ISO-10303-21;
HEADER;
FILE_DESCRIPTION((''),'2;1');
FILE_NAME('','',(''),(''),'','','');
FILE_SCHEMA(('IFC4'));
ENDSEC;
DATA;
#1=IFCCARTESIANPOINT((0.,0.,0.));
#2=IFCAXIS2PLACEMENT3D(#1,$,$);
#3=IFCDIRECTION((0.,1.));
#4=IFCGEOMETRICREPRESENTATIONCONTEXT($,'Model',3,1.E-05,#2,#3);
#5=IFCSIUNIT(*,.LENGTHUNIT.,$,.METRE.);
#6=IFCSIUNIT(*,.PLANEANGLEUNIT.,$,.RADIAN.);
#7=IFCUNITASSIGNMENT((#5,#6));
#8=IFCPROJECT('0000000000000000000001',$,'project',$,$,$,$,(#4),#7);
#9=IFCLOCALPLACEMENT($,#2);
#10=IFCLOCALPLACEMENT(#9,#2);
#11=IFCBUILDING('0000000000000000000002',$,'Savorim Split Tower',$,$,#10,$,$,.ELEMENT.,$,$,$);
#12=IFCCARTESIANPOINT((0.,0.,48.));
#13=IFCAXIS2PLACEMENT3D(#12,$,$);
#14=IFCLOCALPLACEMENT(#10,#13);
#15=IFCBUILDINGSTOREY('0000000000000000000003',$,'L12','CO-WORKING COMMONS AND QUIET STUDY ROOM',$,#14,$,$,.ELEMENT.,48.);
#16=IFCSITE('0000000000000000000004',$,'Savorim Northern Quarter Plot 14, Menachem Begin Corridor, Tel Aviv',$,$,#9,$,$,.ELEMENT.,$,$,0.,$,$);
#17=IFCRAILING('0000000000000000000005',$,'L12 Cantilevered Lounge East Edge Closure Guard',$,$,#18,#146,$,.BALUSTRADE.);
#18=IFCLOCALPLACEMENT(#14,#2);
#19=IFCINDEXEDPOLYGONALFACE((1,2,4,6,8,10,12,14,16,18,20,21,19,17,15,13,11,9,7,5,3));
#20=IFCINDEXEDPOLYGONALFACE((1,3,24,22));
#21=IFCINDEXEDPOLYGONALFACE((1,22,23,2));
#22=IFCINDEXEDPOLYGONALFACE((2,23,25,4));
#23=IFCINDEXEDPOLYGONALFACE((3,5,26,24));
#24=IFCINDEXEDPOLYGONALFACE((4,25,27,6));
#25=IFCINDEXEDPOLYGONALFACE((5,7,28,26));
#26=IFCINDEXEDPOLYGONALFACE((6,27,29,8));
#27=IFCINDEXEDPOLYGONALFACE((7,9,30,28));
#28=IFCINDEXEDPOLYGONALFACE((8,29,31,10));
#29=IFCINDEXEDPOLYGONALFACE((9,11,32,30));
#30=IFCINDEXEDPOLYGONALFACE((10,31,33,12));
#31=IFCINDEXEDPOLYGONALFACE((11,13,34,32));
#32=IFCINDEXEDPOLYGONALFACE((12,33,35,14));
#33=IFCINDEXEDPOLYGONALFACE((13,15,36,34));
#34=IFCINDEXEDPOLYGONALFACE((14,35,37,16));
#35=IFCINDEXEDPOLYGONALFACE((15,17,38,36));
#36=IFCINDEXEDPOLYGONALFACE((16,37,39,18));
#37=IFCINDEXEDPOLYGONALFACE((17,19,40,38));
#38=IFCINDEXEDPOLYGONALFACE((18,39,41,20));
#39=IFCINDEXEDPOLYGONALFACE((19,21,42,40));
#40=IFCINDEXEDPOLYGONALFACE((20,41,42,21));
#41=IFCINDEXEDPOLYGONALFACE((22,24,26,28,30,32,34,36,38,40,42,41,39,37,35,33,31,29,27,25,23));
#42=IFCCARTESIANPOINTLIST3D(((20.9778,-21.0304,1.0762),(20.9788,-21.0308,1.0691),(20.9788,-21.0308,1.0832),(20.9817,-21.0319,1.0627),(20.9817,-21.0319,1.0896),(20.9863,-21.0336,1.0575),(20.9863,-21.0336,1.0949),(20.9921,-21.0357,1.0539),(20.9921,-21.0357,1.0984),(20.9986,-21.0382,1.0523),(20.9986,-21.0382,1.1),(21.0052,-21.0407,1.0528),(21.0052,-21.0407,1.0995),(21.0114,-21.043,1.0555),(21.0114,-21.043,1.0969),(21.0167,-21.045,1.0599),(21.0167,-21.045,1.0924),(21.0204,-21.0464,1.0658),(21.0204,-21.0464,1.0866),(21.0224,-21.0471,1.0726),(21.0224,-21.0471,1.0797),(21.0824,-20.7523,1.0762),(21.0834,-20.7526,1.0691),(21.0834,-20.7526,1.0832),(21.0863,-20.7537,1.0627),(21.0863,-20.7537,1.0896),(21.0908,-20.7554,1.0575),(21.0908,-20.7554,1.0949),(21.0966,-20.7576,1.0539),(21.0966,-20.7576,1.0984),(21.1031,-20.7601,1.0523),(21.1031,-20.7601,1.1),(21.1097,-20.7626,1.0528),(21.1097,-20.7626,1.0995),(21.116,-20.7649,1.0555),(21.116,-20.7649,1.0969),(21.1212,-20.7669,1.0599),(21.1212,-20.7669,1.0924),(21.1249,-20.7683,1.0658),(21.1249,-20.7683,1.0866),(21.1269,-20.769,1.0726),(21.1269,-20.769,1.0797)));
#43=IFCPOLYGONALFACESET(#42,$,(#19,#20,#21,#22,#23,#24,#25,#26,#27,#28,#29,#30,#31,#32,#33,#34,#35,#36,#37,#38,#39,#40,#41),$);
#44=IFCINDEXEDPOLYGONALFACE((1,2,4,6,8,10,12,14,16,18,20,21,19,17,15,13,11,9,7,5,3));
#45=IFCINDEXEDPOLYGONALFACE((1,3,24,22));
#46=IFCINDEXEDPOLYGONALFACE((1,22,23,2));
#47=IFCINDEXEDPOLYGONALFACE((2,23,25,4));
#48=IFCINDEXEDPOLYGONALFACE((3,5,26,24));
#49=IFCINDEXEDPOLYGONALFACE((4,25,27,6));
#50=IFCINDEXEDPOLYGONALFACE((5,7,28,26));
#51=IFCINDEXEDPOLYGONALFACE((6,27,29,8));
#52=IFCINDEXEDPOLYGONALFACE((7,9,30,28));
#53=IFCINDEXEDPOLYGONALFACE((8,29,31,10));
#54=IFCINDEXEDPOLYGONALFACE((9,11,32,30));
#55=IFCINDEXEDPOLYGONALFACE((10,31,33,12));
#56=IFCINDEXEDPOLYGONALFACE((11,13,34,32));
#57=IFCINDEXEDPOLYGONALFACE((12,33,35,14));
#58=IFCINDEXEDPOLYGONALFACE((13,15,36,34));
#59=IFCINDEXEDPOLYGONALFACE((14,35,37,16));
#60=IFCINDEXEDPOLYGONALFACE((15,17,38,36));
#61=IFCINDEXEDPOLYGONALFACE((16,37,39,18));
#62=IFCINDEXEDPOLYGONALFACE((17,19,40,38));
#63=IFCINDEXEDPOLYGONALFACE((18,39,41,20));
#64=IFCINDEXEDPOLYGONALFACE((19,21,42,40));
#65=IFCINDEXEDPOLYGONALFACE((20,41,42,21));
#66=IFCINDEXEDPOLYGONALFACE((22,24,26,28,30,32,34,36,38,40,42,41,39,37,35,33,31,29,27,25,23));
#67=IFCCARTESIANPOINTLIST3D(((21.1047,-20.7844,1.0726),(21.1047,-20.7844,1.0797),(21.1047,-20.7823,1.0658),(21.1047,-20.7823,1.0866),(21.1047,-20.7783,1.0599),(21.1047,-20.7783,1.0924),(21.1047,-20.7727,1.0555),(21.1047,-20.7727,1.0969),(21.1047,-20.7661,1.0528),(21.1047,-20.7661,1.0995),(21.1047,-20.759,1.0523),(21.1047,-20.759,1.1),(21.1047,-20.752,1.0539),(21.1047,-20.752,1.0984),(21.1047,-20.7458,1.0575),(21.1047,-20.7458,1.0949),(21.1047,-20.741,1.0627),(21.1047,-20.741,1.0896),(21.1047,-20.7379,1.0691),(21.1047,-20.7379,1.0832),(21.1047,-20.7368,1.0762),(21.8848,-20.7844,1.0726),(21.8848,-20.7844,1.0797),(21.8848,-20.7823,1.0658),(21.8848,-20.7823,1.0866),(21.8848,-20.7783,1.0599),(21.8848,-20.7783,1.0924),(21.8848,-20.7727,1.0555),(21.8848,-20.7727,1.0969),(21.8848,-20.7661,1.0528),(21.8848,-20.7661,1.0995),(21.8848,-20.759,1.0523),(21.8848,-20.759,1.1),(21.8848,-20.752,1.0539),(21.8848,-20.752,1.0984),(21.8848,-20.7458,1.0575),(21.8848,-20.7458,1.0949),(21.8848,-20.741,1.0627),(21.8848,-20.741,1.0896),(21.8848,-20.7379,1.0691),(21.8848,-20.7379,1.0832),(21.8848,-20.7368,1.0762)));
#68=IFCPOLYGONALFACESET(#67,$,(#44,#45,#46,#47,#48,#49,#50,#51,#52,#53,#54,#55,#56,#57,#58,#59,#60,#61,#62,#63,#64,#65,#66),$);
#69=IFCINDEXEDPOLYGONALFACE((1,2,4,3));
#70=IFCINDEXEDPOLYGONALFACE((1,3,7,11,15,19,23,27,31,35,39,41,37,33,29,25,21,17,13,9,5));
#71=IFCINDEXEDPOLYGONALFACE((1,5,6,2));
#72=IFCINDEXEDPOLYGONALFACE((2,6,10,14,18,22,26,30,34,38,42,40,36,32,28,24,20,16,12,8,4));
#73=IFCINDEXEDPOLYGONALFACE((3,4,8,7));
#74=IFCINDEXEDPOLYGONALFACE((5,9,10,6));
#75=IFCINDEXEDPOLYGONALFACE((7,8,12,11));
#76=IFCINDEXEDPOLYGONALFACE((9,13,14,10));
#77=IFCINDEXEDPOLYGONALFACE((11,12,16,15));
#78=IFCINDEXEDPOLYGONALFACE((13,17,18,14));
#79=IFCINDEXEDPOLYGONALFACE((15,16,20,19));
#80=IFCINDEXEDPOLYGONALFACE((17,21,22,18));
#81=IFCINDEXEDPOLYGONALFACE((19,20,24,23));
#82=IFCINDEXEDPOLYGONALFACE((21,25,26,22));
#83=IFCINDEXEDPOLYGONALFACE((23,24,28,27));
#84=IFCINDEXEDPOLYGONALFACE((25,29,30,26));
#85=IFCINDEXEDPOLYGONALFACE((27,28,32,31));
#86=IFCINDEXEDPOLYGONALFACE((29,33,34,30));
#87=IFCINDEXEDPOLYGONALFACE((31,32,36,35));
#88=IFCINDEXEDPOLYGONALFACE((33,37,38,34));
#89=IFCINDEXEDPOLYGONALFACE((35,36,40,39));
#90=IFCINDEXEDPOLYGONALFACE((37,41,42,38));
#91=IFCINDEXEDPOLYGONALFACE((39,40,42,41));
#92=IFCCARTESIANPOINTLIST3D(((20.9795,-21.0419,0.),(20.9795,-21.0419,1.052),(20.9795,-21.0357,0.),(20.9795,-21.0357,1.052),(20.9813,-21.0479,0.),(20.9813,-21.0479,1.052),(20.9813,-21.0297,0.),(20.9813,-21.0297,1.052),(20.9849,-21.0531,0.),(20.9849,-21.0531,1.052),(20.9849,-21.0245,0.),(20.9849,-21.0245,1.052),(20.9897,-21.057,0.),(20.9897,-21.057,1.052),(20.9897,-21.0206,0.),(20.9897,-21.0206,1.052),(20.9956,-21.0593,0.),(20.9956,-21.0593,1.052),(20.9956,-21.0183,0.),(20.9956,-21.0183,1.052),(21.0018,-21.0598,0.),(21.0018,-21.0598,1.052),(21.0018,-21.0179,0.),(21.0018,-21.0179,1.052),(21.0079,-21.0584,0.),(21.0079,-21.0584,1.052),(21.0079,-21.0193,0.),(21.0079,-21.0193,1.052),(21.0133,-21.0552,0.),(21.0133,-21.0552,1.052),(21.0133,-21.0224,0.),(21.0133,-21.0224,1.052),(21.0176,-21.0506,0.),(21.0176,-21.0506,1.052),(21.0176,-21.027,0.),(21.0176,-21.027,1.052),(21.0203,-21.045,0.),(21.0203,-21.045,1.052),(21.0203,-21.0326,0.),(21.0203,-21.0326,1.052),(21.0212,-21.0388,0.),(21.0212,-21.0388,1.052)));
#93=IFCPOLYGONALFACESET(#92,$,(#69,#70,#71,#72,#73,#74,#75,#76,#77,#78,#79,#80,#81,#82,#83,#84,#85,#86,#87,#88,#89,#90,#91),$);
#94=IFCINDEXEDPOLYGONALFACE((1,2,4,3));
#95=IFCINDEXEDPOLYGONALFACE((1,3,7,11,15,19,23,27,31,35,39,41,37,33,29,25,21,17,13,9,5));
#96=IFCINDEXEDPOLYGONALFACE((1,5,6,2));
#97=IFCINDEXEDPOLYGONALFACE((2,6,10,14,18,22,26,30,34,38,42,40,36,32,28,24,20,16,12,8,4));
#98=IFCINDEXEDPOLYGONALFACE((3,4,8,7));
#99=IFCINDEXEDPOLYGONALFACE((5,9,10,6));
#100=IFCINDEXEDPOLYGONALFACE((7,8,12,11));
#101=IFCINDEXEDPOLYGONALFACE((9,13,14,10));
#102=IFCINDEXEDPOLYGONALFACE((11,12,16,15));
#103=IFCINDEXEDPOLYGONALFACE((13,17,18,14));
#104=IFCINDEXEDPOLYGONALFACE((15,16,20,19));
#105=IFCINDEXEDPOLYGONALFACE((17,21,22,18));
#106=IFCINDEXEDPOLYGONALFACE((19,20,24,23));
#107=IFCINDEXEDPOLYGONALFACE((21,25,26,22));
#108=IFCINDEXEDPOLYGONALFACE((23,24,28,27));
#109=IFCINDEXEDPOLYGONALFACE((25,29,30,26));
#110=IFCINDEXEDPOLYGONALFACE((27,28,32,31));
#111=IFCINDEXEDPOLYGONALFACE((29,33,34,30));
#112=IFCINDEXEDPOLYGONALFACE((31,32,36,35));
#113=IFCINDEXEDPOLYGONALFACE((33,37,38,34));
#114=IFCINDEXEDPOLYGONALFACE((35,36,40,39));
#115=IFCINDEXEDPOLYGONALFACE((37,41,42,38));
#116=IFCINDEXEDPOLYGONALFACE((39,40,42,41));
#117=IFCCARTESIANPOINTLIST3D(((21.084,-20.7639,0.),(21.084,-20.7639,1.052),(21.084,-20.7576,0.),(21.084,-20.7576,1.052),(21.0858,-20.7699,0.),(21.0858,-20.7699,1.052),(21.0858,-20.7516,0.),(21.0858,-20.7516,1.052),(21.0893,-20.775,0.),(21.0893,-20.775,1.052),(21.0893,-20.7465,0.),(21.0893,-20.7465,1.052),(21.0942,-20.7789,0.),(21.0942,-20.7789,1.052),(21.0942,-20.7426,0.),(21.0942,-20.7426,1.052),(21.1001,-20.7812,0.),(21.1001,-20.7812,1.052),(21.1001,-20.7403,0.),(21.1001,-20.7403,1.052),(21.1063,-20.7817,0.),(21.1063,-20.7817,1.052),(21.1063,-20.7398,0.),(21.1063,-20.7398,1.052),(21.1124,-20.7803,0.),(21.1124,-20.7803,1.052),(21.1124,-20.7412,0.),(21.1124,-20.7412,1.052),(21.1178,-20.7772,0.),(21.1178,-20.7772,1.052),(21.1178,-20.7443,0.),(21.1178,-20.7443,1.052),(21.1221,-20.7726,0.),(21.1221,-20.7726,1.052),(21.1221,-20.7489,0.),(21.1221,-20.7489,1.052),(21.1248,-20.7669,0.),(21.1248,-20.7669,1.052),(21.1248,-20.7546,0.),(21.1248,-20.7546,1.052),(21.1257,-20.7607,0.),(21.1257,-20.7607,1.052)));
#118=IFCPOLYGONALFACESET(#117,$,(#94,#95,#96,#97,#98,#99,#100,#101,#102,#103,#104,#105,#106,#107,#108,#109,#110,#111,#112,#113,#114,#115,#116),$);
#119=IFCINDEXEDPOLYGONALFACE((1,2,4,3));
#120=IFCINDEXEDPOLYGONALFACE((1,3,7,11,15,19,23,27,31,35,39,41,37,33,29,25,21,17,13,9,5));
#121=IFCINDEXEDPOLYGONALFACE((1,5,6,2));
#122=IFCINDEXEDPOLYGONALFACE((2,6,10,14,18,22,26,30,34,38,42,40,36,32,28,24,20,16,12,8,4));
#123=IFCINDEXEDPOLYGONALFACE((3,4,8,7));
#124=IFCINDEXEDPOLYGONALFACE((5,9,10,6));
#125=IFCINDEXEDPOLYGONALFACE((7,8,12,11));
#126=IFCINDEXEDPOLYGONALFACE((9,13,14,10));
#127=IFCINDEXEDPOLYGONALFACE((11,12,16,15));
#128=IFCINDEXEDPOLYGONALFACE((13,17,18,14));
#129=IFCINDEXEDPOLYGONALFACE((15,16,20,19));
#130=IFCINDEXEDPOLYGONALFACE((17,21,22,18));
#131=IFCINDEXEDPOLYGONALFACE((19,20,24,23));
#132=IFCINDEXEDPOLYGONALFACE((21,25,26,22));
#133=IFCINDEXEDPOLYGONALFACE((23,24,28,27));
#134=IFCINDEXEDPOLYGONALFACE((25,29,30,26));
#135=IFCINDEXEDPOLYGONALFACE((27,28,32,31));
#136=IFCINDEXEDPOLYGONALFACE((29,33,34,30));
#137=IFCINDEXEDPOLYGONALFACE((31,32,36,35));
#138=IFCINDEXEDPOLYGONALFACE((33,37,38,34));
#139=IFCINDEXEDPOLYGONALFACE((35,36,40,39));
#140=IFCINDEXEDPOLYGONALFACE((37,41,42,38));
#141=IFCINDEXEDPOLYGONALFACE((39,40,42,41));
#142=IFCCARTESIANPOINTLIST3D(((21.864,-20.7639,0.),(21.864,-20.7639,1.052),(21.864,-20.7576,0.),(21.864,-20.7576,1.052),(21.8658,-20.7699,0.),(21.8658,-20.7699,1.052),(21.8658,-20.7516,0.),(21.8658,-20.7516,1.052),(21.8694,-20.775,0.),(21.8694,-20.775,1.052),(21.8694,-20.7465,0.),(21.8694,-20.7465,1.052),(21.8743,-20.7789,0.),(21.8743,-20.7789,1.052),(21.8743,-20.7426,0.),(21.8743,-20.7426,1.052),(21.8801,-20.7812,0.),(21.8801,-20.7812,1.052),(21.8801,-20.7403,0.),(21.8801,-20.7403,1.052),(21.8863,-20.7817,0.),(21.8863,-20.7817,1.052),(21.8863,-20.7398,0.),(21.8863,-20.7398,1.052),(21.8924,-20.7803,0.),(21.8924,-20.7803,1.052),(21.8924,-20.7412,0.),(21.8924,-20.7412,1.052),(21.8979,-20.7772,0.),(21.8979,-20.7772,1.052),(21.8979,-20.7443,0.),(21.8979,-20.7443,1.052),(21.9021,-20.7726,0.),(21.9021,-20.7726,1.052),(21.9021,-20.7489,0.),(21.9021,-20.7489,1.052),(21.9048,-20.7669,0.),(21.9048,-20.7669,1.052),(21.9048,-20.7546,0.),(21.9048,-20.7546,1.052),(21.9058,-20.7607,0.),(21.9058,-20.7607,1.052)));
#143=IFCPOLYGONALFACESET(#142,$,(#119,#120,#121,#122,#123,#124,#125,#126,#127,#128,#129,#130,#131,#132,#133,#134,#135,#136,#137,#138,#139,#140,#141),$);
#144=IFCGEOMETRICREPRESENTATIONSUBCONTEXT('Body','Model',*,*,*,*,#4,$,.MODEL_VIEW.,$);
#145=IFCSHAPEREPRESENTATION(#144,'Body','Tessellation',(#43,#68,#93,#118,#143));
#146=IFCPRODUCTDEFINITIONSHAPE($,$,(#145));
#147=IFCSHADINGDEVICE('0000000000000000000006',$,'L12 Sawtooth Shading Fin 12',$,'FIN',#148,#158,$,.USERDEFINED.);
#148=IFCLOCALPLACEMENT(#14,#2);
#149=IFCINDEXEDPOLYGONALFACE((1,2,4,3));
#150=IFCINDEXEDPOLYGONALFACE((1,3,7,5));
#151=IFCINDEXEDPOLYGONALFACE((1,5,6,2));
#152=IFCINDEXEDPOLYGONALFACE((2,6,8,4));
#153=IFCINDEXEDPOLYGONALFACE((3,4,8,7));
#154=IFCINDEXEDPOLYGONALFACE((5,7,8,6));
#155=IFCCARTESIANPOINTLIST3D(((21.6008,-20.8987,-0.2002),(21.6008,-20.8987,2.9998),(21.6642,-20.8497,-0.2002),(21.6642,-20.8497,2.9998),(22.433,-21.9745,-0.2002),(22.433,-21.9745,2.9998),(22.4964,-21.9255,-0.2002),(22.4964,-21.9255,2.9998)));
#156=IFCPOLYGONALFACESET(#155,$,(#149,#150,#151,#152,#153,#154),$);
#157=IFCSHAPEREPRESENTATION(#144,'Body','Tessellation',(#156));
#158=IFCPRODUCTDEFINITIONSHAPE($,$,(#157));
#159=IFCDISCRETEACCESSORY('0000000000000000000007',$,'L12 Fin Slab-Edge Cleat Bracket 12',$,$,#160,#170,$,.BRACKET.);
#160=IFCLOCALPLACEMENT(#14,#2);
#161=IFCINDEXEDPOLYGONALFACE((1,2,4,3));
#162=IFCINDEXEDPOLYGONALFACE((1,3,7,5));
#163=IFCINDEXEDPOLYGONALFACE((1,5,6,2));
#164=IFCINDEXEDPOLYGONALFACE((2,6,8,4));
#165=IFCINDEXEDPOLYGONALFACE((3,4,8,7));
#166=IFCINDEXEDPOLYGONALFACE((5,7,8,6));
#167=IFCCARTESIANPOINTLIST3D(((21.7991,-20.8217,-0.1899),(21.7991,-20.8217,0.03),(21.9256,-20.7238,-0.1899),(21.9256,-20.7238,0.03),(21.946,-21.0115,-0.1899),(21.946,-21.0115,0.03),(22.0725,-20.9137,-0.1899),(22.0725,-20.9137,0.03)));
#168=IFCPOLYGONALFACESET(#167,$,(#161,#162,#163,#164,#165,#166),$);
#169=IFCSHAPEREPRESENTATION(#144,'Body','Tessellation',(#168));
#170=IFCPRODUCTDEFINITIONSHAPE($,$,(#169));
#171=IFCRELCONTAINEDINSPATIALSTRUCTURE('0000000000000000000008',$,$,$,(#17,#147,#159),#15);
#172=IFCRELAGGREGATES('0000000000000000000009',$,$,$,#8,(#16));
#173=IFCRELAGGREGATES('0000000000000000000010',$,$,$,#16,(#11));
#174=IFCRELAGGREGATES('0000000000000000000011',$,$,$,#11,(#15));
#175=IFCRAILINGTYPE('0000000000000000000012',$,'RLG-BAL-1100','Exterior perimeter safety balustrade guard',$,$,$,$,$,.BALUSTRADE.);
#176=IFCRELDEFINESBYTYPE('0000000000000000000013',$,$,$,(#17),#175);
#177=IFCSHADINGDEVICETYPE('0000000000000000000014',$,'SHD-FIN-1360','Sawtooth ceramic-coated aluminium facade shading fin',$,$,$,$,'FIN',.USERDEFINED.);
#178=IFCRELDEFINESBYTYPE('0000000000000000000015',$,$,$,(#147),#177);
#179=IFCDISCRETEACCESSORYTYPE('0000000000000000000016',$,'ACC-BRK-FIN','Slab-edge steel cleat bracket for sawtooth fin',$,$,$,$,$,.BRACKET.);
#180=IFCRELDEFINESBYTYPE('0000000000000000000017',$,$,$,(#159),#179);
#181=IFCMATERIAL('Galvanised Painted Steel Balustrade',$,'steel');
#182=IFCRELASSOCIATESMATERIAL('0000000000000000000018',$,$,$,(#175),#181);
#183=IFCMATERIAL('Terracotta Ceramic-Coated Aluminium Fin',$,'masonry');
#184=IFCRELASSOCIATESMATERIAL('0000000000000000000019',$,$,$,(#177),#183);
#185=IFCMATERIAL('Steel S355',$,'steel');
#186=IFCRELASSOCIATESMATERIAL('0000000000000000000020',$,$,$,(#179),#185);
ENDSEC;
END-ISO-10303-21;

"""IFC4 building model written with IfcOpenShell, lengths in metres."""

from ifc_helpers import new_model, si_unit, direction, frame, origin, origin_2d, place, context, subcontext, project, spatial, rectangle, circle, extrude, material, type_object, element, save


model = new_model("IFC4")

# Units and contexts
model_context = context("Model", 3, precision=1e-05, world=origin(), true_north=direction((0.0, 1.0)))
body_context = subcontext(model_context, "Body", "Model", "MODEL_VIEW")
ifc_project = project(units=[si_unit("LENGTHUNIT", "METRE"), si_unit("PLANEANGLEUNIT", "RADIAN")], contexts=[model_context])

# Site, building, storey
site_placement = place(None, origin())
site = spatial("IfcSite", under=ifc_project, at=site_placement, Name="Savorim Northern Quarter Plot 14, Menachem Begin Corridor, Tel Aviv", CompositionType="ELEMENT", RefElevation=0.0)
building_placement = place(site_placement, origin())
building = spatial("IfcBuilding", under=site, at=building_placement, Name="Savorim Split Tower", CompositionType="ELEMENT")
storey_placement = place(building_placement, frame((0.0, 0.0, 48.0)))
storey = spatial("IfcBuildingStorey", under=building, at=storey_placement, Name="L12", Description="CO-WORKING COMMONS AND QUIET STUDY ROOM", CompositionType="ELEMENT", Elevation=48.0)

# Shared definitions
ifc_material_1 = material(Name="Steel S355", Category="steel")

# Railing
ifc_material_2 = material(Name="Galvanised Painted Steel Balustrade", Category="steel")
railing_type = type_object("IfcRailingType", Name="RLG-BAL-1100", Description="Exterior perimeter safety balustrade guard", PredefinedType="BALUSTRADE", material=ifc_material_2)
railing_placement = place(storey_placement, frame((21.0002, -21.0388, 0.0)))
element("IfcRailing", 1, at=railing_placement, inside=storey, type_object=railing_type, Name="L12 Cantilevered Lounge East Edge Closure Guard", PredefinedType="BALUSTRADE", context=body_context, shape_type="SweptSolid", body=[
    extrude(circle(Radius=0.0239, at=origin_2d()), frame((0.0, 0.0, 1.0762), z_axis=(0.351754, 0.936093, 0.0), x_axis=(-0.936093, 0.351754, 0.0)), (0.0, 0.0, 1.0), 0.2971),
    extrude(circle(Radius=0.0239, at=origin_2d()), frame((0.1045, 0.2781, 1.0762), z_axis=(1.0, 0.0, 0.0), x_axis=(0.0, 1.0, 0.0)), (0.0, 0.0, 1.0), 0.78),
    extrude(circle(Radius=0.021, at=origin_2d()), origin(), (0.0, 0.0, 1.0), 1.052),
    extrude(circle(Radius=0.021, at=origin_2d()), frame((0.1045, 0.2781, 0.0)), (0.0, 0.0, 1.0), 1.052),
    extrude(circle(Radius=0.021, at=origin_2d()), frame((0.8845, 0.2781, 0.0)), (0.0, 0.0, 1.0), 1.052),
])

# Shading device
ifc_material_3 = material(Name="Terracotta Ceramic-Coated Aluminium Fin", Category="masonry")
shading_device_type = type_object("IfcShadingDeviceType", Name="SHD-FIN-1360", Description="Sawtooth ceramic-coated aluminium facade shading fin", ElementType="FIN", PredefinedType="USERDEFINED", material=ifc_material_3)
shading_device_placement = place(storey_placement, frame((22.0486, -21.4121, -0.2002), z_axis=(0.0, 0.0, 1.0), x_axis=(0.611868, -0.79096, 0.0)))
element("IfcShadingDevice", 2, at=shading_device_placement, inside=storey, type_object=shading_device_type, Name="L12 Sawtooth Shading Fin 12", ObjectType="FIN", PredefinedType="USERDEFINED", context=body_context, shape_type="SweptSolid", body=[
    extrude(rectangle(XDim=1.3601, YDim=0.0801, at=origin_2d()), origin(), (0.0, 0.0, 1.0), 3.2),
])

# Discrete accessory
discrete_accessory_type = type_object("IfcDiscreteAccessoryType", Name="ACC-BRK-FIN", Description="Slab-edge steel cleat bracket for sawtooth fin", PredefinedType="BRACKET", material=ifc_material_1)
discrete_accessory_placement = place(storey_placement, frame((21.9358, -20.8677, -0.1899), z_axis=(0.0, 0.0, 1.0), x_axis=(0.611868, -0.79096, 0.0)))
element("IfcDiscreteAccessory", 3, at=discrete_accessory_placement, inside=storey, type_object=discrete_accessory_type, Name="L12 Fin Slab-Edge Cleat Bracket 12", PredefinedType="BRACKET", context=body_context, shape_type="SweptSolid", body=[
    extrude(rectangle(XDim=0.24, YDim=0.1599, at=origin_2d()), origin(), (0.0, 0.0, 1.0), 0.22),
])

save(model, "model.ifc")
